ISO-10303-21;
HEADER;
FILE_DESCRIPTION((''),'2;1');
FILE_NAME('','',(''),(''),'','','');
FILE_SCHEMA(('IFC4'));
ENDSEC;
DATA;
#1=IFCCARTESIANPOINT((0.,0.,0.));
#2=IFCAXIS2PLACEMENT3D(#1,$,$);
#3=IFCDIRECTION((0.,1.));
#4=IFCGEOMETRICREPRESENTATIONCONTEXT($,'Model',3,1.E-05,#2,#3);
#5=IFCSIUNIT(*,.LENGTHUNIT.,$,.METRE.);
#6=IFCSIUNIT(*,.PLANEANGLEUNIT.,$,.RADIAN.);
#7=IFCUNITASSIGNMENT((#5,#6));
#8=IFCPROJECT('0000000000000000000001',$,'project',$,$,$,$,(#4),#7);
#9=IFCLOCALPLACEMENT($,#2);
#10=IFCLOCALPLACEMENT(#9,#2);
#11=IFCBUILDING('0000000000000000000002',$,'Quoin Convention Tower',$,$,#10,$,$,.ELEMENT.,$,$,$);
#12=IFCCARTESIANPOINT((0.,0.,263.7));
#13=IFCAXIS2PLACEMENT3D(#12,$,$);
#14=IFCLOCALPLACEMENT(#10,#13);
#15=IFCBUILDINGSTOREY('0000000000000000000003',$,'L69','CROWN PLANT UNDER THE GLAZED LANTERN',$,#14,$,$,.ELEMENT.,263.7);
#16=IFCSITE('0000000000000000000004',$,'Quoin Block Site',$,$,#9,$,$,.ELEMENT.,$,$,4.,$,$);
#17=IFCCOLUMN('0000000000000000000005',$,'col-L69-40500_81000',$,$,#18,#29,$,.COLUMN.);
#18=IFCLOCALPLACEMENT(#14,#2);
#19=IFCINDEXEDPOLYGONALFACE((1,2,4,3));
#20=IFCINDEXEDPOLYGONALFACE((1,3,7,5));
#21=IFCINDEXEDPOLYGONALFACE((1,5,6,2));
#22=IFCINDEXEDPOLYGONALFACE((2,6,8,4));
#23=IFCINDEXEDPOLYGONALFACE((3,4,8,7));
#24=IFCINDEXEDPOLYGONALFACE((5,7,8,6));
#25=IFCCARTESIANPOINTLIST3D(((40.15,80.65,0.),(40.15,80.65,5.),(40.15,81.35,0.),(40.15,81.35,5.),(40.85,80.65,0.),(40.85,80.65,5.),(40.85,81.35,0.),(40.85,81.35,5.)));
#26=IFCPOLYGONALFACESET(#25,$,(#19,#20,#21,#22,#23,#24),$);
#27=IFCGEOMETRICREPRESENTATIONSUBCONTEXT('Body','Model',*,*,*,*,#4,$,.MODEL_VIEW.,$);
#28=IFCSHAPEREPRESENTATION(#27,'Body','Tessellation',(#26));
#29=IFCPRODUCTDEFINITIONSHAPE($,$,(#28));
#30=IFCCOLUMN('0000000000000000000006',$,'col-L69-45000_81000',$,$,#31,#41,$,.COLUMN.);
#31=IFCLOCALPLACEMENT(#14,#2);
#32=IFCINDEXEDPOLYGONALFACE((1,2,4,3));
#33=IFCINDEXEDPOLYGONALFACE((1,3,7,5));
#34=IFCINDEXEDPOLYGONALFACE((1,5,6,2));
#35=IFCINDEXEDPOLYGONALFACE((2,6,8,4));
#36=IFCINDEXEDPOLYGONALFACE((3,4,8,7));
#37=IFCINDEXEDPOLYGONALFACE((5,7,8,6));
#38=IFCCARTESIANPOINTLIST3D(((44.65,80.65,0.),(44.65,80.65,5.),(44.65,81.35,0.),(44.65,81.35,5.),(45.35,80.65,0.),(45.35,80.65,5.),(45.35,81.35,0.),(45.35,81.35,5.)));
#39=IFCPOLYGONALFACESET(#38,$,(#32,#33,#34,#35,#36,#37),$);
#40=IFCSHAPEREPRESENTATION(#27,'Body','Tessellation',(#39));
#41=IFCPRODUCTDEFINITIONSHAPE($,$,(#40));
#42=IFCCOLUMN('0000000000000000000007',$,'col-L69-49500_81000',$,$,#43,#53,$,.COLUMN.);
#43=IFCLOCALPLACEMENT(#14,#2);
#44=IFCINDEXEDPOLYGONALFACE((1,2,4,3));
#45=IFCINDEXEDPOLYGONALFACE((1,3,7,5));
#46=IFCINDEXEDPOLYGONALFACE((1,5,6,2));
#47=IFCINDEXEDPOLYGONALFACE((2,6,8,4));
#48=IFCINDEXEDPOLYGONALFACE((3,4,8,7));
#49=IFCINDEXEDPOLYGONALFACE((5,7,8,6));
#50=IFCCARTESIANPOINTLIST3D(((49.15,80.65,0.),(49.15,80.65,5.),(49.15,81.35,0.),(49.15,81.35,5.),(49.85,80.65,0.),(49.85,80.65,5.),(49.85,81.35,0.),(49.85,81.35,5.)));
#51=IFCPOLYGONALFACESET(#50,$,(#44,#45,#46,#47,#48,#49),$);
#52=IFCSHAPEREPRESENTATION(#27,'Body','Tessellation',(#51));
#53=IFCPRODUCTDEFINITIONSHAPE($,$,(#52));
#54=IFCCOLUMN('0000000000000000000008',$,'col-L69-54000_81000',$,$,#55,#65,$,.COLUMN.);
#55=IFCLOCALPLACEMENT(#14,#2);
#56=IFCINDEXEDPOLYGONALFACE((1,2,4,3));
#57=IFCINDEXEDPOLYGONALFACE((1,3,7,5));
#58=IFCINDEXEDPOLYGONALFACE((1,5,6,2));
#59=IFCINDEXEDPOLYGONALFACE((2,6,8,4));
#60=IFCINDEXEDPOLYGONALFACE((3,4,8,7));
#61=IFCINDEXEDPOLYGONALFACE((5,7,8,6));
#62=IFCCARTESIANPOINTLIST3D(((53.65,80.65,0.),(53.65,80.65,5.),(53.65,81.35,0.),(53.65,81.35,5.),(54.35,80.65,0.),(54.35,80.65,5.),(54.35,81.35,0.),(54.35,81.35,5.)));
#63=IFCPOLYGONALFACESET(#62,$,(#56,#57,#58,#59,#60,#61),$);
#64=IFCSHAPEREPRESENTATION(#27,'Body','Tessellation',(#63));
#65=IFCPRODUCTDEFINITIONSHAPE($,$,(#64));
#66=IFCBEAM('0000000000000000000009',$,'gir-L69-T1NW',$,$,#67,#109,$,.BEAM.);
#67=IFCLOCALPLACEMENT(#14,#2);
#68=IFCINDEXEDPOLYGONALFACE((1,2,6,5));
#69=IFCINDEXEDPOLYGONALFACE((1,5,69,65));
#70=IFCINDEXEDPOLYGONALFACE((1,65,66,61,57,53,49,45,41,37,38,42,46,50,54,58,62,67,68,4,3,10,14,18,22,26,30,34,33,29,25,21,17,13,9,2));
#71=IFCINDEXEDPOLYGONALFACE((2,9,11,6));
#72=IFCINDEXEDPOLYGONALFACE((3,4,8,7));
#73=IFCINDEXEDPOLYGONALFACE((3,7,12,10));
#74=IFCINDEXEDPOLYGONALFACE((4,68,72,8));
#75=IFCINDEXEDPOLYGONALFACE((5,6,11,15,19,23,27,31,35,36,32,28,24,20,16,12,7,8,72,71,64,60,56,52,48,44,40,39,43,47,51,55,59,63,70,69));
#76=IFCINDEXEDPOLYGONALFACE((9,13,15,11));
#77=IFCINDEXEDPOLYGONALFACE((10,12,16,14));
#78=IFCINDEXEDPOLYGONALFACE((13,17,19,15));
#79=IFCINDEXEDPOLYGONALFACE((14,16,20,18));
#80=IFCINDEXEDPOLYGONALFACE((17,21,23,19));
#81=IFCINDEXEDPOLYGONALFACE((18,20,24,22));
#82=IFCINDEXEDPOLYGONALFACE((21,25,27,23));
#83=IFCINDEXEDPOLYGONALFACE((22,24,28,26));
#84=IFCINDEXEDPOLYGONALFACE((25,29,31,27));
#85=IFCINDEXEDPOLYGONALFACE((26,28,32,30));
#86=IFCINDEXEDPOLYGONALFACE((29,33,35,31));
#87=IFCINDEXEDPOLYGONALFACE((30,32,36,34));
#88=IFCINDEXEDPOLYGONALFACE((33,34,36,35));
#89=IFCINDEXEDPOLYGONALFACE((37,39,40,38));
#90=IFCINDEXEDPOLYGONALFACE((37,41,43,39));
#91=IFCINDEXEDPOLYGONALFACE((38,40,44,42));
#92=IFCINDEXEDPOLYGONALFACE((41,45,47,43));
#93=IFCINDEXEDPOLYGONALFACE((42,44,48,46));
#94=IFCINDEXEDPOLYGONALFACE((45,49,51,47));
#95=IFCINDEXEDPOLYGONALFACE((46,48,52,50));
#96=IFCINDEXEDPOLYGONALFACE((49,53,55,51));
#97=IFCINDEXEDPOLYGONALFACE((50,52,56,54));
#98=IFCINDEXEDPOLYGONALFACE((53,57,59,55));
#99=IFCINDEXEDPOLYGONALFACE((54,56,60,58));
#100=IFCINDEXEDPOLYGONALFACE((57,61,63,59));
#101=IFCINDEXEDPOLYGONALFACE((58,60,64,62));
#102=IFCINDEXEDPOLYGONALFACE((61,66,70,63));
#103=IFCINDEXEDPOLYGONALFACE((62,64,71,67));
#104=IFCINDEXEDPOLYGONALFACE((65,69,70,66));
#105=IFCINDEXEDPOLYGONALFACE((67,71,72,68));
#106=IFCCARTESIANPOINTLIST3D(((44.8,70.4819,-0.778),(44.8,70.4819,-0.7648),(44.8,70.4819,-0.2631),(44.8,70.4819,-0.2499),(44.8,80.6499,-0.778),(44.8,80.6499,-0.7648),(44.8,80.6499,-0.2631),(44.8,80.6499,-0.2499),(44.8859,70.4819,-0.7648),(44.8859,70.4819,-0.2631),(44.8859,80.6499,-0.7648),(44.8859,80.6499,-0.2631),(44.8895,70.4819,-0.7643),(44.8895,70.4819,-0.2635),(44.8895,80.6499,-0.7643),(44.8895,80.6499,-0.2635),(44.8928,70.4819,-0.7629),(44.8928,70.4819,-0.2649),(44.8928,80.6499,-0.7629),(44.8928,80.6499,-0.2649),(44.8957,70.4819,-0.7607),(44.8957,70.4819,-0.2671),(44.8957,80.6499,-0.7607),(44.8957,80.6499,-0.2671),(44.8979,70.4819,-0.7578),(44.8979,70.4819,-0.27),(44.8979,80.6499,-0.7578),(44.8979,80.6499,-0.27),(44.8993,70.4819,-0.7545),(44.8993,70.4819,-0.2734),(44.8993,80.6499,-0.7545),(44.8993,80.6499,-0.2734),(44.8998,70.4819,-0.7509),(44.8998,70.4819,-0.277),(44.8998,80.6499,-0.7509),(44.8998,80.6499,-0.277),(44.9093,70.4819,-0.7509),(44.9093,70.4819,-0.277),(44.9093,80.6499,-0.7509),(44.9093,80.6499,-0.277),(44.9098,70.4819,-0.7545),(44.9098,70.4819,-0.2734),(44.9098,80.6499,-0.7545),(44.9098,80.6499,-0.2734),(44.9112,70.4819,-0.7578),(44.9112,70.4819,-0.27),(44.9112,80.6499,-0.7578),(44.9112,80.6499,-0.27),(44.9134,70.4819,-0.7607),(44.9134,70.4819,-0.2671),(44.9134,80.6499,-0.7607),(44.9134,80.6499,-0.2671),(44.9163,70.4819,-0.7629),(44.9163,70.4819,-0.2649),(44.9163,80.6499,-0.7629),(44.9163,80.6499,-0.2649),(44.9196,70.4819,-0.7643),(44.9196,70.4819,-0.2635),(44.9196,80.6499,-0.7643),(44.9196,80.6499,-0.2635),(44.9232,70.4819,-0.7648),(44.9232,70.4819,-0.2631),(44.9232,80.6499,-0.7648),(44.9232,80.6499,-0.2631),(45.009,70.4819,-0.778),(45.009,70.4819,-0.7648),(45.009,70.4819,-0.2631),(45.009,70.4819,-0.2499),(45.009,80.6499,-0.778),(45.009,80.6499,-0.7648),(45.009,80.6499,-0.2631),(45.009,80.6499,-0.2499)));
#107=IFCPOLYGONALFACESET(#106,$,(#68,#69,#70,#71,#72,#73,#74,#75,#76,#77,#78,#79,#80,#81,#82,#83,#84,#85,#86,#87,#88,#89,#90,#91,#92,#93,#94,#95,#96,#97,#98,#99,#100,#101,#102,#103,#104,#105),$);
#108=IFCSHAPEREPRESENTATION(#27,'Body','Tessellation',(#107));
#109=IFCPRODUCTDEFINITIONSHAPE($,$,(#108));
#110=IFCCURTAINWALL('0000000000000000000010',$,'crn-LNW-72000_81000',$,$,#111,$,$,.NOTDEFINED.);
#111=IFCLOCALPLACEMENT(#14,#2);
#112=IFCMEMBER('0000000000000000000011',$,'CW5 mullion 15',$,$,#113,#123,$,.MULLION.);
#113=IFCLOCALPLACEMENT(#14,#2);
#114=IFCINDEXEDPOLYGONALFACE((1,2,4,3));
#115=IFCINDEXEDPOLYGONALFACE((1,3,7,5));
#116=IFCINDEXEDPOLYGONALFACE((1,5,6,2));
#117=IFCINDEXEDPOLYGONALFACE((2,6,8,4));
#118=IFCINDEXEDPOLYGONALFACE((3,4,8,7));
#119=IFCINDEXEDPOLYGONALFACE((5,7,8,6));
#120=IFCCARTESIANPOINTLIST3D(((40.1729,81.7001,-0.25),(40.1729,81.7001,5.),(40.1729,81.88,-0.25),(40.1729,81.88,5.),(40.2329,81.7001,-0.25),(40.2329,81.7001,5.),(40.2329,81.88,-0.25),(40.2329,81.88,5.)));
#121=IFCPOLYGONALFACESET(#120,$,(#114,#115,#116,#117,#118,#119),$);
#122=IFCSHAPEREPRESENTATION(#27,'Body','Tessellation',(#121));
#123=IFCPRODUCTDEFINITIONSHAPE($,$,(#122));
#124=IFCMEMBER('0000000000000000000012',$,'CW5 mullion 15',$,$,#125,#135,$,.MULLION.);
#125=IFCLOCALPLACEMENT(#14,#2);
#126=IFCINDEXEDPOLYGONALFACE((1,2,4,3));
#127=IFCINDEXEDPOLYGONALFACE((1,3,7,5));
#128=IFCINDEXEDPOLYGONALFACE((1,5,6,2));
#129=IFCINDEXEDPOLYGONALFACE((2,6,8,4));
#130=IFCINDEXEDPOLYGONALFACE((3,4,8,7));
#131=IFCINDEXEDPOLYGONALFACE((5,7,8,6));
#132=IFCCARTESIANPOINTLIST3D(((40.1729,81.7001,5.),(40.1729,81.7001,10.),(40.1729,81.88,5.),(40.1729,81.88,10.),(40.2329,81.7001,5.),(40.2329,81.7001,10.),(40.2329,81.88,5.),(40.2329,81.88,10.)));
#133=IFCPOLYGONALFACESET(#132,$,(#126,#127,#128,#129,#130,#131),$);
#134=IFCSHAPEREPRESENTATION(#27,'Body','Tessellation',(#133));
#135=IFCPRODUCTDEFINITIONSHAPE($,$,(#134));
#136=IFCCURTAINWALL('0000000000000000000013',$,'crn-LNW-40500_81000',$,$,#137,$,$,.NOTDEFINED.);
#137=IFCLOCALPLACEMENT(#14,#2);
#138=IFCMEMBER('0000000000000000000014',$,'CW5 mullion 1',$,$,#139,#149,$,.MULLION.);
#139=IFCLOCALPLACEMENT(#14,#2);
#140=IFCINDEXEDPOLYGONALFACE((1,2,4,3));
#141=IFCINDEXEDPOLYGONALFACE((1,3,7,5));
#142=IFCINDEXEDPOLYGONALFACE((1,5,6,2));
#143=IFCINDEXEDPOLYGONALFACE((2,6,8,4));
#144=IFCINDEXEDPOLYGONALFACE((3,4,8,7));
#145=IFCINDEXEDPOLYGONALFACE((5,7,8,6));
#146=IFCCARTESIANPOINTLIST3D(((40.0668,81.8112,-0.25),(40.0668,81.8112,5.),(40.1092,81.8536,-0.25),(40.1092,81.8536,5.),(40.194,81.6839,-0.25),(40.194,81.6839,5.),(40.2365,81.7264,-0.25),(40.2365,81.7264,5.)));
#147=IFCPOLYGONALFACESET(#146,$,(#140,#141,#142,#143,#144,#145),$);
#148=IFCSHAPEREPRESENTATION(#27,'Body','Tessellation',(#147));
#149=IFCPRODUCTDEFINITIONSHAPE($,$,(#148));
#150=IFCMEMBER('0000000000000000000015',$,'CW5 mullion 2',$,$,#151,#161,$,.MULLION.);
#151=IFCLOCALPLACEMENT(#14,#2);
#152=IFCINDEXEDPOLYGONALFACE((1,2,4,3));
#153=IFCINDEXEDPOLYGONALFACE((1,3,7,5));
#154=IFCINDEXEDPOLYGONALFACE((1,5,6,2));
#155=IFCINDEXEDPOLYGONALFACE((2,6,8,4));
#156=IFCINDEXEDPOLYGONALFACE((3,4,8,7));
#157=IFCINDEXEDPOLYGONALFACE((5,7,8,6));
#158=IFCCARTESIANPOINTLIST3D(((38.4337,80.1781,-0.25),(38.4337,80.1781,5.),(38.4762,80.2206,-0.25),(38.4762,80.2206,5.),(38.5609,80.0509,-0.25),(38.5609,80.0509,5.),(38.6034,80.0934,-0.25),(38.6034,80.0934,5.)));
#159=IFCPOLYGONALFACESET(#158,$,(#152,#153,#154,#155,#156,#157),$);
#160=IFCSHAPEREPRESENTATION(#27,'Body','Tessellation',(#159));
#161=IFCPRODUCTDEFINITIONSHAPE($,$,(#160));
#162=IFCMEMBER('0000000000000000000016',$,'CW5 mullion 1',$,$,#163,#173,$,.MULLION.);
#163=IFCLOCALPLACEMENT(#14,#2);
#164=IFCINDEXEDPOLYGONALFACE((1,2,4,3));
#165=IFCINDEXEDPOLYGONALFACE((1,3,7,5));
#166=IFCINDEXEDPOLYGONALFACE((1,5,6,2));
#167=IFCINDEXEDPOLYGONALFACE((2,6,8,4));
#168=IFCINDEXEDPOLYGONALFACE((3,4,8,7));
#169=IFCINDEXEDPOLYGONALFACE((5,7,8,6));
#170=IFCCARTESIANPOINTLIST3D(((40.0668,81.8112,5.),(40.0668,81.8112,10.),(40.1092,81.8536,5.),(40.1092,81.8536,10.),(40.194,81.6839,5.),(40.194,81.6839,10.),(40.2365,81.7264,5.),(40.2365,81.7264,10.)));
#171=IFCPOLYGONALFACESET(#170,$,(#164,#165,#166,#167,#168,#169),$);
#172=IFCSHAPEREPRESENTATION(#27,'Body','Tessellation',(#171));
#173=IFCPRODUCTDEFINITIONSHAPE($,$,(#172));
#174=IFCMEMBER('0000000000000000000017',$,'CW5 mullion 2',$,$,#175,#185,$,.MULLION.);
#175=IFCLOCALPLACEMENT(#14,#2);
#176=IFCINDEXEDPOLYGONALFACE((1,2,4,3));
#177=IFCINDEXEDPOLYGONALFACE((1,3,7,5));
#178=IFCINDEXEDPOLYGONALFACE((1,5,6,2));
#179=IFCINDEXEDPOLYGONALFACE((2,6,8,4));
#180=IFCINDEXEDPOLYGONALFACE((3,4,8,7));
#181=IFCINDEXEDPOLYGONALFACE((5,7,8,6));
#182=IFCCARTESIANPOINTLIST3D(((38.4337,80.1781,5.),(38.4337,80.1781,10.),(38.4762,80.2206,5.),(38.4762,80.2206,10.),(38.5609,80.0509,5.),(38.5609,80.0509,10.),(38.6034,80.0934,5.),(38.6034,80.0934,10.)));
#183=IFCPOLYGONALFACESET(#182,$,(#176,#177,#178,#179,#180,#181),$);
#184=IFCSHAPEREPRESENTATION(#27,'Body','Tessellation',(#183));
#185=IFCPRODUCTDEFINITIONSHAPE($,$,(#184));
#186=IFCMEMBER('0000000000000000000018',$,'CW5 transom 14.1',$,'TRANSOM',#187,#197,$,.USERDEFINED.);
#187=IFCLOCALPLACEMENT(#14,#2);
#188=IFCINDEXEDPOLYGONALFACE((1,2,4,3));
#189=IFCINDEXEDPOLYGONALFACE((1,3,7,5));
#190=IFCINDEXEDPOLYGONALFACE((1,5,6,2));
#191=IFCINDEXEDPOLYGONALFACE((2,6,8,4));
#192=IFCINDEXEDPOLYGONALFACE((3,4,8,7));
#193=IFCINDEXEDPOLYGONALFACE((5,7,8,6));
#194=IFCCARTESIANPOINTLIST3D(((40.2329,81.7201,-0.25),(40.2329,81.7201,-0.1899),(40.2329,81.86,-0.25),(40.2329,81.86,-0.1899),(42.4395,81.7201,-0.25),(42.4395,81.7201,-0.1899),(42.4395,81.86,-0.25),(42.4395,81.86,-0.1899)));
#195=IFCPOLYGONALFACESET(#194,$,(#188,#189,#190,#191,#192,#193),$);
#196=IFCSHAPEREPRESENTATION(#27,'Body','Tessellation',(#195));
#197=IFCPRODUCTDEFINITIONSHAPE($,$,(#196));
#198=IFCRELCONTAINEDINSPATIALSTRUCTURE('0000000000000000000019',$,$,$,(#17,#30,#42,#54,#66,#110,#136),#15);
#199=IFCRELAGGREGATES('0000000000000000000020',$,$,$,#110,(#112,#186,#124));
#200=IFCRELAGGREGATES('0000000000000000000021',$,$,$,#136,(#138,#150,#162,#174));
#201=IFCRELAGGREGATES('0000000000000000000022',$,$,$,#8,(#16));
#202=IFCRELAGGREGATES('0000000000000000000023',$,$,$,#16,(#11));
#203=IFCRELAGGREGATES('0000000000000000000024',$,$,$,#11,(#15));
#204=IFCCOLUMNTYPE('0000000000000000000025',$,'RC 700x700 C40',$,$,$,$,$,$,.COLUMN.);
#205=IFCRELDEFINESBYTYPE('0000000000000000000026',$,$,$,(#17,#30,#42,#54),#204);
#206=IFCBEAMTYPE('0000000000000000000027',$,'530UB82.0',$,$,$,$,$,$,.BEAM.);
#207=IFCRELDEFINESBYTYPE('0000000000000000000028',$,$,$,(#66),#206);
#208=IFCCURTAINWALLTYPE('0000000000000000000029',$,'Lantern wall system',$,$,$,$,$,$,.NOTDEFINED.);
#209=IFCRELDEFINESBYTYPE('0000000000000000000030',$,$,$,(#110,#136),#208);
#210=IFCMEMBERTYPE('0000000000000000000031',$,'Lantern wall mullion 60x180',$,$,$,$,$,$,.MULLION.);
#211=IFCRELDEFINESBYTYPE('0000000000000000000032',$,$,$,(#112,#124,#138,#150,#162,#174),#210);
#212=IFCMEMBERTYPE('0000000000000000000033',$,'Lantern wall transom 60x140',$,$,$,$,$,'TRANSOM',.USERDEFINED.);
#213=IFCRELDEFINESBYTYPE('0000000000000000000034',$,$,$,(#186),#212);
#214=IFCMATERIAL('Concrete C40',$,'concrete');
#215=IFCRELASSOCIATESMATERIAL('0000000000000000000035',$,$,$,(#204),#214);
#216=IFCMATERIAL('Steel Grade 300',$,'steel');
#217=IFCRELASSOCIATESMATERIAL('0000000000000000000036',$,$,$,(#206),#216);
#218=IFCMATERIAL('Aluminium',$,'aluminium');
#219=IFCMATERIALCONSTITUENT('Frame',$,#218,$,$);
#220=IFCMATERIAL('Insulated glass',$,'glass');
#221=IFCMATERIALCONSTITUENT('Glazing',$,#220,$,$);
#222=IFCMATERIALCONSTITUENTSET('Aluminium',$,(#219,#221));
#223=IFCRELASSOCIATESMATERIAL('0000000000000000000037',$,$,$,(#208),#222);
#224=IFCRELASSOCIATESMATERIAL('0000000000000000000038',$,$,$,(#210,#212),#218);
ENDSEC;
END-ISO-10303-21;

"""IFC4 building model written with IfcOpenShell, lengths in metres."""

from ifc_helpers import new_model, si_unit, direction, frame, origin, origin_2d, place, context, subcontext, project, spatial, rectangle, i_section, extrude, material, constituent, constituent_set, material_profile, profile_set, type_object, element, aggregate, save


model = new_model("IFC4")

# Units and contexts
model_context = context("Model", 3, precision=1e-05, world=origin(), true_north=direction((0.0, 1.0)))
body_context = subcontext(model_context, "Body", "Model", "MODEL_VIEW")
ifc_project = project(units=[si_unit("LENGTHUNIT", "METRE"), si_unit("PLANEANGLEUNIT", "RADIAN")], contexts=[model_context])

# Site, building, storey
site_placement = place(None, origin())
site = spatial("IfcSite", under=ifc_project, at=site_placement, Name="Quoin Block Site", CompositionType="ELEMENT", RefElevation=4.0)
building_placement = place(site_placement, origin())
building = spatial("IfcBuilding", under=site, at=building_placement, Name="Quoin Convention Tower", CompositionType="ELEMENT")
storey_placement = place(building_placement, frame((0.0, 0.0, 263.7)))
storey = spatial("IfcBuildingStorey", under=building, at=storey_placement, Name="L69", Description="CROWN PLANT UNDER THE GLAZED LANTERN", CompositionType="ELEMENT", Elevation=263.7)

# Columns
ifc_material_1 = material(Name="Concrete C40", Category="concrete")
ifc_material_profile_1 = material_profile(ifc_material_1, rectangle(XDim=0.7, YDim=0.7, at=origin_2d()), Name="RC 700x700")
ifc_profile_set_1 = profile_set([ifc_material_profile_1], Name="Concrete C40")
column_type = type_object("IfcColumnType", Name="RC 700x700 C40", PredefinedType="COLUMN", material=ifc_profile_set_1)
for number, where, z_axis, x_axis, name in (
    (1, (40.5, 81.0, 0.0), (0.0, 0.0, 1.0), (1.0, 0.0, 0.0), "col-L69-40500_81000"),
    (2, (45.0, 81.0, 0.0), (0.0, 0.0, 1.0), (1.0, 0.0, 0.0), "col-L69-45000_81000"),
    (3, (49.5, 81.0, 0.0), (0.0, 0.0, 1.0), (1.0, 0.0, 0.0), "col-L69-49500_81000"),
    (4, (54.0, 81.0, 0.0), (0.0, 0.0, 1.0), (1.0, 0.0, 0.0), "col-L69-54000_81000"),
):
    element("IfcColumn", number, at=place(storey_placement, frame(where, z_axis=z_axis, x_axis=x_axis)), inside=storey, type_object=column_type, Name=name, PredefinedType="COLUMN", context=body_context, shape_type="SweptSolid", body=[
        extrude(rectangle(XDim=0.7, YDim=0.7, at=origin_2d()), origin(), (0.0, 0.0, 1.0), 5.0),
    ])

# Beam
ifc_material_2 = material(Name="Steel Grade 300", Category="steel")
ifc_material_profile_2 = material_profile(ifc_material_2, i_section(OverallWidth=0.209, OverallDepth=0.5281, WebThickness=0.0095, FlangeThickness=0.0132, FilletRadius=0.0139, at=origin_2d()), Name="530UB82.0")
ifc_profile_set_2 = profile_set([ifc_material_profile_2], Name="Steel Grade 300")
beam_type_1 = type_object("IfcBeamType", Name="530UB82.0", PredefinedType="BEAM", material=ifc_profile_set_2)
beam_1_placement = place(storey_placement, frame((44.9045, 80.6499, -0.5139), z_axis=(0.0, -1.0, 0.0), x_axis=(1.0, 0.0, 0.0)))
element("IfcBeam", 5, at=beam_1_placement, inside=storey, type_object=beam_type_1, Name="gir-L69-T1NW", PredefinedType="BEAM", context=body_context, shape_type="SweptSolid", body=[
    extrude(i_section(OverallWidth=0.209, OverallDepth=0.5281, WebThickness=0.0095, FlangeThickness=0.0132, FilletRadius=0.0139, at=origin_2d()), origin(), (0.0, 0.0, 1.0), 10.168),
])

# Curtain walls, members
ifc_material_3 = material(Name="Aluminium", Category="aluminium")
ifc_constituent_1 = constituent(ifc_material_3, Name="Frame")
ifc_material_4 = material(Name="Insulated glass", Category="glass")
ifc_constituent_2 = constituent(ifc_material_4, Name="Glazing")
ifc_constituent_set = constituent_set(constituents=[ifc_constituent_1, ifc_constituent_2], Name="Aluminium")
curtain_wall_type = type_object("IfcCurtainWallType", Name="Lantern wall system", PredefinedType="NOTDEFINED", material=ifc_constituent_set)
curtain_wall_1_placement = place(storey_placement, origin())
curtain_wall_1 = element("IfcCurtainWall", 6, at=curtain_wall_1_placement, inside=storey, type_object=curtain_wall_type, Name="crn-LNW-72000_81000", PredefinedType="NOTDEFINED")
ifc_material_profile_3 = material_profile(ifc_material_3, rectangle(XDim=0.1799, YDim=0.0601, at=origin_2d()), Name="Lantern wall mullion 60x180")
ifc_profile_set_3 = profile_set([ifc_material_profile_3], Name="Aluminium")
member_type_1 = type_object("IfcMemberType", Name="Lantern wall mullion 60x180", PredefinedType="MULLION", material=ifc_profile_set_3)
member_1_placement = place(storey_placement, frame((40.2029, 81.79, -0.25), z_axis=(0.0, 0.0, 1.0), x_axis=(0.0, -1.0, 0.0)))
member_1 = element("IfcMember", 7, at=member_1_placement, type_object=member_type_1, Name="CW5 mullion 15", PredefinedType="MULLION", context=body_context, shape_type="SweptSolid", body=[
    extrude(rectangle(XDim=0.1799, YDim=0.0601, at=origin_2d()), origin(), (0.0, 0.0, 1.0), 5.25),
])
member_2_placement = place(storey_placement, frame((40.2029, 81.79, 5.0), z_axis=(0.0, 0.0, 1.0), x_axis=(0.0, -1.0, 0.0)))
member_2 = element("IfcMember", 8, at=member_2_placement, type_object=member_type_1, Name="CW5 mullion 15", PredefinedType="MULLION", context=body_context, shape_type="SweptSolid", body=[
    extrude(rectangle(XDim=0.1799, YDim=0.0601, at=origin_2d()), origin(), (0.0, 0.0, 1.0), 5.0),
])
curtain_wall_2_placement = place(storey_placement, origin())
curtain_wall_2 = element("IfcCurtainWall", 9, at=curtain_wall_2_placement, inside=storey, type_object=curtain_wall_type, Name="crn-LNW-40500_81000", PredefinedType="NOTDEFINED")
member_3_placement = place(storey_placement, frame((40.1516, 81.7688, -0.25), z_axis=(0.0, 0.0, 1.0), x_axis=(0.707107, -0.707107, 0.0)))
member_3 = element("IfcMember", 10, at=member_3_placement, type_object=member_type_1, Name="CW5 mullion 1", PredefinedType="MULLION", context=body_context, shape_type="SweptSolid", body=[
    extrude(rectangle(XDim=0.1799, YDim=0.0601, at=origin_2d()), origin(), (0.0, 0.0, 1.0), 5.25),
])
member_4_placement = place(storey_placement, frame((38.5186, 80.1357, -0.25), z_axis=(0.0, 0.0, 1.0), x_axis=(0.707107, -0.707107, 0.0)))
member_4 = element("IfcMember", 11, at=member_4_placement, type_object=member_type_1, Name="CW5 mullion 2", PredefinedType="MULLION", context=body_context, shape_type="SweptSolid", body=[
    extrude(rectangle(XDim=0.1799, YDim=0.0601, at=origin_2d()), origin(), (0.0, 0.0, 1.0), 5.25),
])
member_5_placement = place(storey_placement, frame((40.1516, 81.7688, 5.0), z_axis=(0.0, 0.0, 1.0), x_axis=(0.707107, -0.707107, 0.0)))
member_5 = element("IfcMember", 12, at=member_5_placement, type_object=member_type_1, Name="CW5 mullion 1", PredefinedType="MULLION", context=body_context, shape_type="SweptSolid", body=[
    extrude(rectangle(XDim=0.1799, YDim=0.0601, at=origin_2d()), origin(), (0.0, 0.0, 1.0), 5.0),
])
member_6_placement = place(storey_placement, frame((38.5186, 80.1357, 5.0), z_axis=(0.0, 0.0, 1.0), x_axis=(0.707107, -0.707107, 0.0)))
member_6 = element("IfcMember", 13, at=member_6_placement, type_object=member_type_1, Name="CW5 mullion 2", PredefinedType="MULLION", context=body_context, shape_type="SweptSolid", body=[
    extrude(rectangle(XDim=0.1799, YDim=0.0601, at=origin_2d()), origin(), (0.0, 0.0, 1.0), 5.0),
])

# Member
ifc_material_profile_4 = material_profile(ifc_material_3, rectangle(XDim=0.1399, YDim=0.0601, at=origin_2d()), Name="Lantern wall transom 60x140")
ifc_profile_set_4 = profile_set([ifc_material_profile_4], Name="Aluminium")
member_type_2 = type_object("IfcMemberType", Name="Lantern wall transom 60x140", ElementType="TRANSOM", PredefinedType="USERDEFINED", material=ifc_profile_set_4)
member_7_placement = place(storey_placement, frame((42.4395, 81.79, -0.22), z_axis=(-1.0, 0.0, 0.0), x_axis=(0.0, -1.0, 0.0)))
member_7 = element("IfcMember", 14, at=member_7_placement, type_object=member_type_2, Name="CW5 transom 14.1", ObjectType="TRANSOM", PredefinedType="USERDEFINED", context=body_context, shape_type="SweptSolid", body=[
    extrude(rectangle(XDim=0.1399, YDim=0.0601, at=origin_2d()), origin(), (0.0, 0.0, 1.0), 2.2065),
])

aggregate(curtain_wall_1, [member_1, member_7, member_2])
aggregate(curtain_wall_2, [member_3, member_4, member_5, member_6])

save(model, "model.ifc")
